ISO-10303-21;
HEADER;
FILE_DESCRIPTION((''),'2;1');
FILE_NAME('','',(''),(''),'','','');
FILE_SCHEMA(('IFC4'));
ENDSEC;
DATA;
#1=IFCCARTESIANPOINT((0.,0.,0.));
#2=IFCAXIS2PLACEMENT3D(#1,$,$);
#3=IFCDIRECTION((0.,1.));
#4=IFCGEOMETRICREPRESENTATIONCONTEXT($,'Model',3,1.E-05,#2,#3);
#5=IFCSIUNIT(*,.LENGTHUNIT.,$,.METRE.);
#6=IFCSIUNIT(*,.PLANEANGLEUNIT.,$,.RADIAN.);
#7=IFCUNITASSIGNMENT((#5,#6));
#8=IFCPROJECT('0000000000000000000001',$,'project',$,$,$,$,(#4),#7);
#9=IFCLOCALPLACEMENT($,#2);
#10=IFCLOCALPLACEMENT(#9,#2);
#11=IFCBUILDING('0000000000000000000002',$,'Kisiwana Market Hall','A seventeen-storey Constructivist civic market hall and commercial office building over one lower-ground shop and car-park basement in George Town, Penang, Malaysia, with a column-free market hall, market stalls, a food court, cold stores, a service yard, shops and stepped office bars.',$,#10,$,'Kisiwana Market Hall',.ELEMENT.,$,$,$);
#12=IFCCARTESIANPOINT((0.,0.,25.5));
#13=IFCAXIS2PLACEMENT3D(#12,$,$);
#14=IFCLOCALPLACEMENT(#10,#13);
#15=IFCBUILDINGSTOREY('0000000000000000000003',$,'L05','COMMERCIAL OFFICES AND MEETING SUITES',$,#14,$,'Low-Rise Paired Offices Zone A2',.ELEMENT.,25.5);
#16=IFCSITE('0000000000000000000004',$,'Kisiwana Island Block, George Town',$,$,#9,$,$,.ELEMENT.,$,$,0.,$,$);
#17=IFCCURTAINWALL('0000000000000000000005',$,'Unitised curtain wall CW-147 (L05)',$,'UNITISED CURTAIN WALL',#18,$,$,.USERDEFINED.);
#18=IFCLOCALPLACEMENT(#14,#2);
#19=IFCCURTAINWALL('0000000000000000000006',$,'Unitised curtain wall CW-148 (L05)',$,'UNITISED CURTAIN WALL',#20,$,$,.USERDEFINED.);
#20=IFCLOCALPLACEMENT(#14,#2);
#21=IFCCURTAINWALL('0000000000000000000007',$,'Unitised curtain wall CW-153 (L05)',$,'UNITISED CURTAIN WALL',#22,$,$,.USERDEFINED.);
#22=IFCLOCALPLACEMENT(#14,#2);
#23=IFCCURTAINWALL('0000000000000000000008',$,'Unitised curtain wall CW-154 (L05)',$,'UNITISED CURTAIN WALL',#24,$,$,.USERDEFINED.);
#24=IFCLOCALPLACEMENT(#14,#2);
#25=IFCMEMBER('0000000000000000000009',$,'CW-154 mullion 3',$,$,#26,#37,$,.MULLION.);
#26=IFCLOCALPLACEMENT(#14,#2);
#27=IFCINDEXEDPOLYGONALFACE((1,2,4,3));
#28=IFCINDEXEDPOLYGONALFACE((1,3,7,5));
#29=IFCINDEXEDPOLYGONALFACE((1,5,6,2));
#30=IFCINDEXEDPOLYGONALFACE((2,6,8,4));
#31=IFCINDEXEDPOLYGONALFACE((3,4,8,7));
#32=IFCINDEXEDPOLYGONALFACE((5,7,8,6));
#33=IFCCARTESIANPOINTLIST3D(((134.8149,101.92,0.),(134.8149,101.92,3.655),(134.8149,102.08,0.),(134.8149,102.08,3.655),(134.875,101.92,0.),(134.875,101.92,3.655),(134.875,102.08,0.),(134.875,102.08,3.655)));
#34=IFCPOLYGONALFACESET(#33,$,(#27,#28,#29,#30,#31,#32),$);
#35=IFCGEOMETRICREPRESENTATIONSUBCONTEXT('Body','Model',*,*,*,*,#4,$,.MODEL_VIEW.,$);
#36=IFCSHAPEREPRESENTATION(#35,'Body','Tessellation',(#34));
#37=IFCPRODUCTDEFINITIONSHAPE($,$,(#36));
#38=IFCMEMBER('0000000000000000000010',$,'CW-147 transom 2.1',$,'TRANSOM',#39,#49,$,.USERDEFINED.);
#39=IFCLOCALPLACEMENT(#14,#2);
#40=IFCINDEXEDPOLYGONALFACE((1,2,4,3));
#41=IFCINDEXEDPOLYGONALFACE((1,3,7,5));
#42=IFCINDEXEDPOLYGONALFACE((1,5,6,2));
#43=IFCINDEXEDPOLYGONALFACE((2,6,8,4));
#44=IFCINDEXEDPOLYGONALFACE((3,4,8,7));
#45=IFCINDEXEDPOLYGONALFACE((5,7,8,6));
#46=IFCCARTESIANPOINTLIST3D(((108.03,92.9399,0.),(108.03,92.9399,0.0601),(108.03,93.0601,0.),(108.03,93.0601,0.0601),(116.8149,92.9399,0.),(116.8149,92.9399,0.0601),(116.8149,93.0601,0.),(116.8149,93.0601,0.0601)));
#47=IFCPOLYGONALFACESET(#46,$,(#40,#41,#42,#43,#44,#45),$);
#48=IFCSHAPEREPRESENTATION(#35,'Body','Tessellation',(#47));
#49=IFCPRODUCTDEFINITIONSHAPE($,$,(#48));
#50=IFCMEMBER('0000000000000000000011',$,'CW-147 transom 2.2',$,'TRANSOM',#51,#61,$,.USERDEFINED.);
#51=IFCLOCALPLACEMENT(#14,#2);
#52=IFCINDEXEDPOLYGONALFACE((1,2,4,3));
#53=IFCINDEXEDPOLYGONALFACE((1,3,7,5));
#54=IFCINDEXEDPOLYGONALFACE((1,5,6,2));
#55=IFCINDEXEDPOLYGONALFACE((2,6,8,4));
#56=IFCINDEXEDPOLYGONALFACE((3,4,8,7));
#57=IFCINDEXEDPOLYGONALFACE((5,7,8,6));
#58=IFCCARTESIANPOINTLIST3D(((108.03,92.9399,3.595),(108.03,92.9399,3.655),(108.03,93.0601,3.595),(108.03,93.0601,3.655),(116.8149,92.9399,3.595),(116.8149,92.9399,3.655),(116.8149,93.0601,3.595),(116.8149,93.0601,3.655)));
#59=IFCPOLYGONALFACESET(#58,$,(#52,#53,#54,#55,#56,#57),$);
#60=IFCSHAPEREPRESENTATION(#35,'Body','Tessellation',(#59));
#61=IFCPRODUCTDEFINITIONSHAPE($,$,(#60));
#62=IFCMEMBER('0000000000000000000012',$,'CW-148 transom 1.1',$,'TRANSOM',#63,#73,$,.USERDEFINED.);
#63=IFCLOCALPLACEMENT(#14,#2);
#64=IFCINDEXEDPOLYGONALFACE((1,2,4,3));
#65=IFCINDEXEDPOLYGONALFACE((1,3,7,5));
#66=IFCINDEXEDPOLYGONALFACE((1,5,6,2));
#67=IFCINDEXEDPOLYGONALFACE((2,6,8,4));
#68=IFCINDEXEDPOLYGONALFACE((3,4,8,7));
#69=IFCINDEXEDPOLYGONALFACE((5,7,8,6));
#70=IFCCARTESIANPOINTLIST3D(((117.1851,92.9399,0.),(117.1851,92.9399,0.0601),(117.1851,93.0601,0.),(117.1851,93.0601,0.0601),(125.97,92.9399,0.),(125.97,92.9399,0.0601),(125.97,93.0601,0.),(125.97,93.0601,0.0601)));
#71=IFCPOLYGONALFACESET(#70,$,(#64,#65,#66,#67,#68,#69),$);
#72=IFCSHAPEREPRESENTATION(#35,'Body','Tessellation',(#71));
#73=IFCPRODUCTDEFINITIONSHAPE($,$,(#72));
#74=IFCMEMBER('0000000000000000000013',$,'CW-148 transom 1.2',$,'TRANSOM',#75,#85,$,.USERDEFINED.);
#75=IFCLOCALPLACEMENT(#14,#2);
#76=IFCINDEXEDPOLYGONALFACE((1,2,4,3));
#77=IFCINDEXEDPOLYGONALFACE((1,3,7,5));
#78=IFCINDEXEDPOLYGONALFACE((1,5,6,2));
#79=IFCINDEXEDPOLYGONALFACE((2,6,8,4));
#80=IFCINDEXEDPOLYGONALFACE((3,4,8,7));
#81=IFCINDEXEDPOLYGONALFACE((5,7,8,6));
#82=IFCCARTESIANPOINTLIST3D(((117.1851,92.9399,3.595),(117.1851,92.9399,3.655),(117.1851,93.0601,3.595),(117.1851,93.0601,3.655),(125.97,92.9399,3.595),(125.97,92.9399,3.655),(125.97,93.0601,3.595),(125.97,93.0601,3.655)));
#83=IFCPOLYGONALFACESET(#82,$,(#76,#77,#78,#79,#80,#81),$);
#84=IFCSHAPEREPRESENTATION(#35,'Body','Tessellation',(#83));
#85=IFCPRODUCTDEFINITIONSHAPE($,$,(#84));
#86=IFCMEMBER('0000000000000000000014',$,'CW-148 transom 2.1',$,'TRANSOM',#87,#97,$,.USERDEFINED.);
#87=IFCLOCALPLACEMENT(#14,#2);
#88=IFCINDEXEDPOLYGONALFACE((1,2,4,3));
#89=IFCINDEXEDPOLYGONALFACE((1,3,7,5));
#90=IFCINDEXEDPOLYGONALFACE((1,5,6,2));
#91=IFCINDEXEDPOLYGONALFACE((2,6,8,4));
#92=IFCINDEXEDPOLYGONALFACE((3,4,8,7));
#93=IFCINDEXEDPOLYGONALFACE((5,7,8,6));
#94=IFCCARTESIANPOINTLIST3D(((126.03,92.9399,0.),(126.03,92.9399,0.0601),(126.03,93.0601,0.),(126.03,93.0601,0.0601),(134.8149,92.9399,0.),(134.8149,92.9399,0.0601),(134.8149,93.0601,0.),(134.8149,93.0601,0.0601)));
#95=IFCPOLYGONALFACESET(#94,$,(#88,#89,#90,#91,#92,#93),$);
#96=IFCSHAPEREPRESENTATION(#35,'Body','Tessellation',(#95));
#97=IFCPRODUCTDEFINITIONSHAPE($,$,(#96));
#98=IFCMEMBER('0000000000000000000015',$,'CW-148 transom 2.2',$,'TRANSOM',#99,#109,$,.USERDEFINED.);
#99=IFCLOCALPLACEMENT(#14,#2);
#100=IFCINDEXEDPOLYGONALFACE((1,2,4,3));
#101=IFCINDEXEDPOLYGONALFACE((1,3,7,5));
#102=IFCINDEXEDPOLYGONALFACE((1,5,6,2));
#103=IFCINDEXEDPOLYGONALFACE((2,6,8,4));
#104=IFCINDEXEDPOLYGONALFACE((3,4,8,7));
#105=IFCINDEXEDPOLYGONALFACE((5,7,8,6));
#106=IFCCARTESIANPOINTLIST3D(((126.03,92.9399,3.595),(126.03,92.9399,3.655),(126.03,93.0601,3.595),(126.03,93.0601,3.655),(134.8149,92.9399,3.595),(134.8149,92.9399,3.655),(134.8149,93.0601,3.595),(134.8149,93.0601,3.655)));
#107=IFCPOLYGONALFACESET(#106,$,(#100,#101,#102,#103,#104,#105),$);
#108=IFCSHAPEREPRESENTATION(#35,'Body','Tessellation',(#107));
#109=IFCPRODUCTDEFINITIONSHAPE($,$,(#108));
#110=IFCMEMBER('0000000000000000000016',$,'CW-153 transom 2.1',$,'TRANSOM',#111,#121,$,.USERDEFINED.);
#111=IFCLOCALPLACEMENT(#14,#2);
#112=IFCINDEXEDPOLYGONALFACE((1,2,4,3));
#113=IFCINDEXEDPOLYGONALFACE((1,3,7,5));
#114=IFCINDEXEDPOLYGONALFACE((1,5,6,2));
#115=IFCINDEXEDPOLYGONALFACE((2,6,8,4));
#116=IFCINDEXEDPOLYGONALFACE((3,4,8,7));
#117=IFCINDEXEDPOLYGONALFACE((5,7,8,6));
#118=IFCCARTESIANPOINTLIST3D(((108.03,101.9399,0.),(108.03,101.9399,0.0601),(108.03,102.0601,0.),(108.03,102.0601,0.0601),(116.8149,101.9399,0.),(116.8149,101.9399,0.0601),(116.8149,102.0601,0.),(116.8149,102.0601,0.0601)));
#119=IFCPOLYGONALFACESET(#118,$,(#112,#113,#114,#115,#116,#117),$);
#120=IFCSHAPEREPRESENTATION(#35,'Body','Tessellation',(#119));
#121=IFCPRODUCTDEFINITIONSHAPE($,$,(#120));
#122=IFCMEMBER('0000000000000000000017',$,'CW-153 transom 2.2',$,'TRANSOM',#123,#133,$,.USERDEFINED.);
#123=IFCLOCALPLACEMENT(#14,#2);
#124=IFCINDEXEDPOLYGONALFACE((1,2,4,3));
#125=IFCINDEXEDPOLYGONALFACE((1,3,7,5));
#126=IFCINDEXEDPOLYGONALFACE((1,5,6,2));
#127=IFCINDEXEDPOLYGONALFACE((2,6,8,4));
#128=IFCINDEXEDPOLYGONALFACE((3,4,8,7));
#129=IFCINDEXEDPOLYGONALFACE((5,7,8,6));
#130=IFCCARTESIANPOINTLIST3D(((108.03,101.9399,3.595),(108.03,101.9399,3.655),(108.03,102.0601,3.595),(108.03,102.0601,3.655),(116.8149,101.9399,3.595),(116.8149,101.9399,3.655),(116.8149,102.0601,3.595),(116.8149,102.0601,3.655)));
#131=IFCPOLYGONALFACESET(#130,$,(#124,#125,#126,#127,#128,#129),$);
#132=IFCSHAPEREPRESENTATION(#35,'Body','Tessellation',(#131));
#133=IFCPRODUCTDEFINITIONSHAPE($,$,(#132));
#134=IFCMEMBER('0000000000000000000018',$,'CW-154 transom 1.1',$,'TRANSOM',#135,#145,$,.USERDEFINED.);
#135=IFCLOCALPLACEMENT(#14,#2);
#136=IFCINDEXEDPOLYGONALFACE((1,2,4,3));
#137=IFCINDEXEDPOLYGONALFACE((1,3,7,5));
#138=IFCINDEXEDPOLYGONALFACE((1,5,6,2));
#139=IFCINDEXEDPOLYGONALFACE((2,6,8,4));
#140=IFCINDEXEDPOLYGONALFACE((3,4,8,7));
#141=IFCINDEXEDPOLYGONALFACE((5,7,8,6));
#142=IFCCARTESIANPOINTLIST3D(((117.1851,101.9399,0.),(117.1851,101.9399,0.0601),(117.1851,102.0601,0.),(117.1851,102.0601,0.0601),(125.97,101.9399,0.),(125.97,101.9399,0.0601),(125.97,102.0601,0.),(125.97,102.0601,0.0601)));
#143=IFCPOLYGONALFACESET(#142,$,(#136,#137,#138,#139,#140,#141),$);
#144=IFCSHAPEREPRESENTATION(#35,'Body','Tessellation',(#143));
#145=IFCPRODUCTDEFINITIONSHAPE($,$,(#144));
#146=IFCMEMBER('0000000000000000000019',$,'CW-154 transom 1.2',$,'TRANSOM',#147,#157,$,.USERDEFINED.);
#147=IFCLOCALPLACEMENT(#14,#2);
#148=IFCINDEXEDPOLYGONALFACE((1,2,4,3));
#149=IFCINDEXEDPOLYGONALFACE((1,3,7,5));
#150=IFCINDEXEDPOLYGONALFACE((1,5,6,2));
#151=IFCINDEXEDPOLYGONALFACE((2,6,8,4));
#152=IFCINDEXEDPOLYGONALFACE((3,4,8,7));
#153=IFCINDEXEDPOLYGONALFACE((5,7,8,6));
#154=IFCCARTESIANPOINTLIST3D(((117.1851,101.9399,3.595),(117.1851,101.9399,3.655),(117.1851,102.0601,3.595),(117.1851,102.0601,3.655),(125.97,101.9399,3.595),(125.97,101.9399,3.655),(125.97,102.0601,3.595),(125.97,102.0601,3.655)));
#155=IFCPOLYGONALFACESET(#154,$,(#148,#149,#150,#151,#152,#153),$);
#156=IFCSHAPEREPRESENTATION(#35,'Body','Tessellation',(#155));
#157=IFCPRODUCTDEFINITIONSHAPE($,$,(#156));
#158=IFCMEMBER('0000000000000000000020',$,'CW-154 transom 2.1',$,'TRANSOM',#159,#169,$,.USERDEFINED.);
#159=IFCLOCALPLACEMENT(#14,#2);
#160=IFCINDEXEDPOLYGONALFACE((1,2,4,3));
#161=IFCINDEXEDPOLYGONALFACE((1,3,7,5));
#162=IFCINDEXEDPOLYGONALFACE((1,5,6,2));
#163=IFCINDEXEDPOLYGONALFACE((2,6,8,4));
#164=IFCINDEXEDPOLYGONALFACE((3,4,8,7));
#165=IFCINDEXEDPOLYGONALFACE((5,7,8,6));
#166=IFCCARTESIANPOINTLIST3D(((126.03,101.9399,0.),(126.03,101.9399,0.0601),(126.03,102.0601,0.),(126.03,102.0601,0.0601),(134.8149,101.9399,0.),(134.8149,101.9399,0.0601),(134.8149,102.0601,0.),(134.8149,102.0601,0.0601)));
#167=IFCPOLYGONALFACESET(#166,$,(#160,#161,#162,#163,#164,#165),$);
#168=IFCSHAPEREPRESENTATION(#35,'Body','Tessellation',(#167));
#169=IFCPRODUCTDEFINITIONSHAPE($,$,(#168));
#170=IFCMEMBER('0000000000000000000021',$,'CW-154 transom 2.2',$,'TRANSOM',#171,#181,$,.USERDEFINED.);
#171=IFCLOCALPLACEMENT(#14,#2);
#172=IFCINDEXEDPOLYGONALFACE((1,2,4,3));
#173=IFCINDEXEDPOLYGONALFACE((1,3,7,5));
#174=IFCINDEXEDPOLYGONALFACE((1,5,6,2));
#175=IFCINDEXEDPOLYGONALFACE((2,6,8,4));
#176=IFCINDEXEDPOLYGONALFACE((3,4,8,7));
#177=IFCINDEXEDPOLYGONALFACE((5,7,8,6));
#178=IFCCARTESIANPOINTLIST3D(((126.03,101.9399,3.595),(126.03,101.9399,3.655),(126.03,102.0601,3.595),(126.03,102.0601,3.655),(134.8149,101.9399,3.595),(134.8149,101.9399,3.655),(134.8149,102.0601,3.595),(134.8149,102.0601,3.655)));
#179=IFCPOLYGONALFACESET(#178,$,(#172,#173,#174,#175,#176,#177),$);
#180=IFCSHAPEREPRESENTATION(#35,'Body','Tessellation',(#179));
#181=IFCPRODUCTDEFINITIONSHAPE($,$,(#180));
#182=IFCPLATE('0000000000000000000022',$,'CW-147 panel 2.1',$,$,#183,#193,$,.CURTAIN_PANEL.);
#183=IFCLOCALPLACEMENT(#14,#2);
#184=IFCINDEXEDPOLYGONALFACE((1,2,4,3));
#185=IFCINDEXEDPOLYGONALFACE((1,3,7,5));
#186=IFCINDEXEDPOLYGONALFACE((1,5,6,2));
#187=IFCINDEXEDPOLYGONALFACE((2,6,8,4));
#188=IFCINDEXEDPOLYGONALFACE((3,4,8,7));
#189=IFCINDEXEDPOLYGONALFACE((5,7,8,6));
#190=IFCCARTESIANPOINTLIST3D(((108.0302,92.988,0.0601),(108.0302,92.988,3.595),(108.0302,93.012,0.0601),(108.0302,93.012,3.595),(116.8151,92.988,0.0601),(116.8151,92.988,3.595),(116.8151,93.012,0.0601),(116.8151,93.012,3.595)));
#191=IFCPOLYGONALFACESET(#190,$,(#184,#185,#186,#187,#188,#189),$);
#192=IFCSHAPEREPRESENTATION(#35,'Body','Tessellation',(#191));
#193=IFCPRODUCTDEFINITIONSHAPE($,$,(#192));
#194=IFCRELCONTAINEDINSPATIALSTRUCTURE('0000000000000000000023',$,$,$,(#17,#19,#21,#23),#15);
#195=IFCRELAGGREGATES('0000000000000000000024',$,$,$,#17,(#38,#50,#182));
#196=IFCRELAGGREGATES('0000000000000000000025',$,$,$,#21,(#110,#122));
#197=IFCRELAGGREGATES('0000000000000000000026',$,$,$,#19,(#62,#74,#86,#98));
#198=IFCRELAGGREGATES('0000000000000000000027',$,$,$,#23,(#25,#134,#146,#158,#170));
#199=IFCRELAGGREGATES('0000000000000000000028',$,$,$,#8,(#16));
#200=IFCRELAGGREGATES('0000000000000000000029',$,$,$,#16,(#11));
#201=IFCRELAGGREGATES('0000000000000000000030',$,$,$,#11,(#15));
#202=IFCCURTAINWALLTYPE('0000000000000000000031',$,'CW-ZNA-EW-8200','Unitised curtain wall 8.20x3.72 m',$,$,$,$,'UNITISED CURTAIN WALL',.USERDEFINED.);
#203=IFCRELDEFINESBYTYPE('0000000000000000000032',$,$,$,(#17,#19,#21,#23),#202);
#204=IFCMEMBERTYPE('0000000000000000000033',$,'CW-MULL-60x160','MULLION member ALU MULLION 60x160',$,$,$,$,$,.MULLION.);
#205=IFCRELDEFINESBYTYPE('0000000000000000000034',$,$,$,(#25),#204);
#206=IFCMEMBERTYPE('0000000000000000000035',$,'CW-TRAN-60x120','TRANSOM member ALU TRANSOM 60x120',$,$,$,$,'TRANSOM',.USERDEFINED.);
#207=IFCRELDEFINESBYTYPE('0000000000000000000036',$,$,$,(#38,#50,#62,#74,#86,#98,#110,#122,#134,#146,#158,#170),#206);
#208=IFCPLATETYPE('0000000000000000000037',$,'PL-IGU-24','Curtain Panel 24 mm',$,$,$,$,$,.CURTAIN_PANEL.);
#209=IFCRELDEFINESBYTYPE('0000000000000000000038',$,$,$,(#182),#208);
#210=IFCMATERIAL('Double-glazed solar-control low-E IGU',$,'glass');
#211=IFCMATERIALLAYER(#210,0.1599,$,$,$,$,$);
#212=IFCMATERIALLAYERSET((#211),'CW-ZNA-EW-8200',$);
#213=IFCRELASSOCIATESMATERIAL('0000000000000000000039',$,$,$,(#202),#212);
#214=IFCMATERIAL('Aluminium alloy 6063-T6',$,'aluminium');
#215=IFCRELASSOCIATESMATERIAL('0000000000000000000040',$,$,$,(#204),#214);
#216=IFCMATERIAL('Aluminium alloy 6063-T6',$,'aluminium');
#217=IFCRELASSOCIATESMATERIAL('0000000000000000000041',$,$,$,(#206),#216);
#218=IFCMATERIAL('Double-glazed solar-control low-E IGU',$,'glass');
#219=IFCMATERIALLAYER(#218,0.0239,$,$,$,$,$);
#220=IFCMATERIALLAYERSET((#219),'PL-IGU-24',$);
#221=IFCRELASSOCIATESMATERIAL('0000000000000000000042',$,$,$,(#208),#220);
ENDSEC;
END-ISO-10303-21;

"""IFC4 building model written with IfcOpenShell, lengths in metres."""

from ifc_helpers import new_model, si_unit, direction, frame, origin, origin_2d, place, context, subcontext, project, spatial, rectangle, extrude, material, layer, layer_set, material_profile, profile_set, type_object, element, aggregate, save


model = new_model("IFC4")

# Units and contexts
model_context = context("Model", 3, precision=1e-05, world=origin(), true_north=direction((0.0, 1.0)))
body_context = subcontext(model_context, "Body", "Model", "MODEL_VIEW")
ifc_project = project(units=[si_unit("LENGTHUNIT", "METRE"), si_unit("PLANEANGLEUNIT", "RADIAN")], contexts=[model_context])

# Site, building, storey
site_placement = place(None, origin())
site = spatial("IfcSite", under=ifc_project, at=site_placement, Name="Kisiwana Island Block, George Town", CompositionType="ELEMENT", RefElevation=0.0)
building_placement = place(site_placement, origin())
building = spatial("IfcBuilding", under=site, at=building_placement, Name="Kisiwana Market Hall", Description="A seventeen-storey Constructivist civic market hall and commercial office building over one lower-ground shop and car-park basement in George Town, Penang, Malaysia, with a column-free market hall, market stalls, a food court, cold stores, a service yard, shops and stepped office bars.", LongName="Kisiwana Market Hall", CompositionType="ELEMENT")
storey_placement = place(building_placement, frame((0.0, 0.0, 25.5)))
storey = spatial("IfcBuildingStorey", under=building, at=storey_placement, Name="L05", Description="COMMERCIAL OFFICES AND MEETING SUITES", LongName="Low-Rise Paired Offices Zone A2", CompositionType="ELEMENT", Elevation=25.5)

# Curtain wall
ifc_material_1 = material(Name="Double-glazed solar-control low-E IGU", Category="glass")
ifc_layer_1 = layer(ifc_material_1, 0.1599)
ifc_layer_set_1 = layer_set([ifc_layer_1], Name="CW-ZNA-EW-8200")
curtain_wall_type = type_object("IfcCurtainWallType", Name="CW-ZNA-EW-8200", Description="Unitised curtain wall 8.20x3.72 m", ElementType="UNITISED CURTAIN WALL", PredefinedType="USERDEFINED", material=ifc_layer_set_1)
curtain_wall_1_placement = place(storey_placement, origin())
curtain_wall_1 = element("IfcCurtainWall", 1, at=curtain_wall_1_placement, inside=storey, type_object=curtain_wall_type, Name="Unitised curtain wall CW-147 (L05)", ObjectType="UNITISED CURTAIN WALL", PredefinedType="USERDEFINED")
ifc_material_2 = material(Name="Aluminium alloy 6063-T6", Category="aluminium")
ifc_material_profile_1 = material_profile(ifc_material_2, rectangle(XDim=0.0601, YDim=0.1599, at=origin_2d()), Name="ALU MULLION 60x160")
ifc_profile_set_1 = profile_set([ifc_material_profile_1], Name="Aluminium alloy 6063-T6")
member_type_1 = type_object("IfcMemberType", Name="CW-MULL-60x160", Description="MULLION member ALU MULLION 60x160", PredefinedType="MULLION", material=ifc_profile_set_1)

# Curtain wall
curtain_wall_2_placement = place(storey_placement, origin())
curtain_wall_2 = element("IfcCurtainWall", 2, at=curtain_wall_2_placement, inside=storey, type_object=curtain_wall_type, Name="Unitised curtain wall CW-148 (L05)", ObjectType="UNITISED CURTAIN WALL", PredefinedType="USERDEFINED")

# Curtain wall
curtain_wall_3_placement = place(storey_placement, origin())
curtain_wall_3 = element("IfcCurtainWall", 3, at=curtain_wall_3_placement, inside=storey, type_object=curtain_wall_type, Name="Unitised curtain wall CW-153 (L05)", ObjectType="UNITISED CURTAIN WALL", PredefinedType="USERDEFINED")

# Curtain wall, member
curtain_wall_4_placement = place(storey_placement, origin())
curtain_wall_4 = element("IfcCurtainWall", 4, at=curtain_wall_4_placement, inside=storey, type_object=curtain_wall_type, Name="Unitised curtain wall CW-154 (L05)", ObjectType="UNITISED CURTAIN WALL", PredefinedType="USERDEFINED")
member_1_placement = place(storey_placement, frame((134.845, 102.0, 0.0), z_axis=(0.0, 0.0, 1.0), x_axis=(1.0, 0.0, 0.0)))
member_1 = element("IfcMember", 5, at=member_1_placement, type_object=member_type_1, Name="CW-154 mullion 3", PredefinedType="MULLION", context=body_context, shape_type="SweptSolid", body=[
    extrude(rectangle(XDim=0.0601, YDim=0.1599, at=origin_2d()), origin(), (0.0, 0.0, 1.0), 3.655),
])

# Members
ifc_material_3 = material(Name="Aluminium alloy 6063-T6", Category="aluminium")
ifc_material_profile_2 = material_profile(ifc_material_3, rectangle(XDim=0.1201, YDim=0.0601, at=origin_2d()), Name="ALU TRANSOM 60x120")
ifc_profile_set_2 = profile_set([ifc_material_profile_2], Name="Aluminium alloy 6063-T6")
member_type_2 = type_object("IfcMemberType", Name="CW-TRAN-60x120", Description="TRANSOM member ALU TRANSOM 60x120", ElementType="TRANSOM", PredefinedType="USERDEFINED", material=ifc_profile_set_2)
member_2_placement = place(storey_placement, frame((108.03, 93.0, 0.03), z_axis=(1.0, 0.0, 0.0), x_axis=(0.0, 1.0, 0.0)))
member_2 = element("IfcMember", 6, at=member_2_placement, type_object=member_type_2, Name="CW-147 transom 2.1", ObjectType="TRANSOM", PredefinedType="USERDEFINED", context=body_context, shape_type="SweptSolid", body=[
    extrude(rectangle(XDim=0.1201, YDim=0.0601, at=origin_2d()), origin(), (0.0, 0.0, 1.0), 8.7849),
])
member_3_placement = place(storey_placement, frame((108.03, 93.0, 3.625), z_axis=(1.0, 0.0, 0.0), x_axis=(0.0, 1.0, 0.0)))
member_3 = element("IfcMember", 7, at=member_3_placement, type_object=member_type_2, Name="CW-147 transom 2.2", ObjectType="TRANSOM", PredefinedType="USERDEFINED", context=body_context, shape_type="SweptSolid", body=[
    extrude(rectangle(XDim=0.1201, YDim=0.0601, at=origin_2d()), origin(), (0.0, 0.0, 1.0), 8.7849),
])
member_4_placement = place(storey_placement, frame((117.1851, 93.0, 0.03), z_axis=(1.0, 0.0, 0.0), x_axis=(0.0, 1.0, 0.0)))
member_4 = element("IfcMember", 8, at=member_4_placement, type_object=member_type_2, Name="CW-148 transom 1.1", ObjectType="TRANSOM", PredefinedType="USERDEFINED", context=body_context, shape_type="SweptSolid", body=[
    extrude(rectangle(XDim=0.1201, YDim=0.0601, at=origin_2d()), origin(), (0.0, 0.0, 1.0), 8.7849),
])
member_5_placement = place(storey_placement, frame((117.1851, 93.0, 3.625), z_axis=(1.0, 0.0, 0.0), x_axis=(0.0, 1.0, 0.0)))
member_5 = element("IfcMember", 9, at=member_5_placement, type_object=member_type_2, Name="CW-148 transom 1.2", ObjectType="TRANSOM", PredefinedType="USERDEFINED", context=body_context, shape_type="SweptSolid", body=[
    extrude(rectangle(XDim=0.1201, YDim=0.0601, at=origin_2d()), origin(), (0.0, 0.0, 1.0), 8.7849),
])
member_6_placement = place(storey_placement, frame((126.03, 93.0, 0.03), z_axis=(1.0, 0.0, 0.0), x_axis=(0.0, 1.0, 0.0)))
member_6 = element("IfcMember", 10, at=member_6_placement, type_object=member_type_2, Name="CW-148 transom 2.1", ObjectType="TRANSOM", PredefinedType="USERDEFINED", context=body_context, shape_type="SweptSolid", body=[
    extrude(rectangle(XDim=0.1201, YDim=0.0601, at=origin_2d()), origin(), (0.0, 0.0, 1.0), 8.7849),
])
member_7_placement = place(storey_placement, frame((126.03, 93.0, 3.625), z_axis=(1.0, 0.0, 0.0), x_axis=(0.0, 1.0, 0.0)))
member_7 = element("IfcMember", 11, at=member_7_placement, type_object=member_type_2, Name="CW-148 transom 2.2", ObjectType="TRANSOM", PredefinedType="USERDEFINED", context=body_context, shape_type="SweptSolid", body=[
    extrude(rectangle(XDim=0.1201, YDim=0.0601, at=origin_2d()), origin(), (0.0, 0.0, 1.0), 8.7849),
])
member_8_placement = place(storey_placement, frame((108.03, 102.0, 0.03), z_axis=(1.0, 0.0, 0.0), x_axis=(0.0, 1.0, 0.0)))
member_8 = element("IfcMember", 12, at=member_8_placement, type_object=member_type_2, Name="CW-153 transom 2.1", ObjectType="TRANSOM", PredefinedType="USERDEFINED", context=body_context, shape_type="SweptSolid", body=[
    extrude(rectangle(XDim=0.1201, YDim=0.0601, at=origin_2d()), origin(), (0.0, 0.0, 1.0), 8.7849),
])
member_9_placement = place(storey_placement, frame((108.03, 102.0, 3.625), z_axis=(1.0, 0.0, 0.0), x_axis=(0.0, 1.0, 0.0)))
member_9 = element("IfcMember", 13, at=member_9_placement, type_object=member_type_2, Name="CW-153 transom 2.2", ObjectType="TRANSOM", PredefinedType="USERDEFINED", context=body_context, shape_type="SweptSolid", body=[
    extrude(rectangle(XDim=0.1201, YDim=0.0601, at=origin_2d()), origin(), (0.0, 0.0, 1.0), 8.7849),
])
member_10_placement = place(storey_placement, frame((117.1851, 102.0, 0.03), z_axis=(1.0, 0.0, 0.0), x_axis=(0.0, 1.0, 0.0)))
member_10 = element("IfcMember", 14, at=member_10_placement, type_object=member_type_2, Name="CW-154 transom 1.1", ObjectType="TRANSOM", PredefinedType="USERDEFINED", context=body_context, shape_type="SweptSolid", body=[
    extrude(rectangle(XDim=0.1201, YDim=0.0601, at=origin_2d()), origin(), (0.0, 0.0, 1.0), 8.7849),
])
member_11_placement = place(storey_placement, frame((117.1851, 102.0, 3.625), z_axis=(1.0, 0.0, 0.0), x_axis=(0.0, 1.0, 0.0)))
member_11 = element("IfcMember", 15, at=member_11_placement, type_object=member_type_2, Name="CW-154 transom 1.2", ObjectType="TRANSOM", PredefinedType="USERDEFINED", context=body_context, shape_type="SweptSolid", body=[
    extrude(rectangle(XDim=0.1201, YDim=0.0601, at=origin_2d()), origin(), (0.0, 0.0, 1.0), 8.7849),
])
member_12_placement = place(storey_placement, frame((126.03, 102.0, 0.03), z_axis=(1.0, 0.0, 0.0), x_axis=(0.0, 1.0, 0.0)))
member_12 = element("IfcMember", 16, at=member_12_placement, type_object=member_type_2, Name="CW-154 transom 2.1", ObjectType="TRANSOM", PredefinedType="USERDEFINED", context=body_context, shape_type="SweptSolid", body=[
    extrude(rectangle(XDim=0.1201, YDim=0.0601, at=origin_2d()), origin(), (0.0, 0.0, 1.0), 8.7849),
])
member_13_placement = place(storey_placement, frame((126.03, 102.0, 3.625), z_axis=(1.0, 0.0, 0.0), x_axis=(0.0, 1.0, 0.0)))
member_13 = element("IfcMember", 17, at=member_13_placement, type_object=member_type_2, Name="CW-154 transom 2.2", ObjectType="TRANSOM", PredefinedType="USERDEFINED", context=body_context, shape_type="SweptSolid", body=[
    extrude(rectangle(XDim=0.1201, YDim=0.0601, at=origin_2d()), origin(), (0.0, 0.0, 1.0), 8.7849),
])

# Plate
ifc_material_4 = material(Name="Double-glazed solar-control low-E IGU", Category="glass")
ifc_layer_2 = layer(ifc_material_4, 0.0239)
ifc_layer_set_2 = layer_set([ifc_layer_2], Name="PL-IGU-24")
plate_type_1 = type_object("IfcPlateType", Name="PL-IGU-24", Description="Curtain Panel 24 mm", PredefinedType="CURTAIN_PANEL", material=ifc_layer_set_2)
plate_1_placement = place(storey_placement, frame((112.4226, 93.0, 0.0601), z_axis=(0.0, 0.0, 1.0), x_axis=(1.0, 0.0, 0.0)))
plate_1 = element("IfcPlate", 18, at=plate_1_placement, type_object=plate_type_1, Name="CW-147 panel 2.1", PredefinedType="CURTAIN_PANEL", context=body_context, shape_type="SweptSolid", body=[
    extrude(rectangle(XDim=8.7849, YDim=0.0239, at=origin_2d()), origin(), (0.0, 0.0, 1.0), 3.5349),
])
aggregate(curtain_wall_1, [member_2, member_3, plate_1])
aggregate(curtain_wall_3, [member_8, member_9])
aggregate(curtain_wall_2, [member_4, member_5, member_6, member_7])
aggregate(curtain_wall_4, [member_1, member_10, member_11, member_12, member_13])

save(model, "model.ifc")
